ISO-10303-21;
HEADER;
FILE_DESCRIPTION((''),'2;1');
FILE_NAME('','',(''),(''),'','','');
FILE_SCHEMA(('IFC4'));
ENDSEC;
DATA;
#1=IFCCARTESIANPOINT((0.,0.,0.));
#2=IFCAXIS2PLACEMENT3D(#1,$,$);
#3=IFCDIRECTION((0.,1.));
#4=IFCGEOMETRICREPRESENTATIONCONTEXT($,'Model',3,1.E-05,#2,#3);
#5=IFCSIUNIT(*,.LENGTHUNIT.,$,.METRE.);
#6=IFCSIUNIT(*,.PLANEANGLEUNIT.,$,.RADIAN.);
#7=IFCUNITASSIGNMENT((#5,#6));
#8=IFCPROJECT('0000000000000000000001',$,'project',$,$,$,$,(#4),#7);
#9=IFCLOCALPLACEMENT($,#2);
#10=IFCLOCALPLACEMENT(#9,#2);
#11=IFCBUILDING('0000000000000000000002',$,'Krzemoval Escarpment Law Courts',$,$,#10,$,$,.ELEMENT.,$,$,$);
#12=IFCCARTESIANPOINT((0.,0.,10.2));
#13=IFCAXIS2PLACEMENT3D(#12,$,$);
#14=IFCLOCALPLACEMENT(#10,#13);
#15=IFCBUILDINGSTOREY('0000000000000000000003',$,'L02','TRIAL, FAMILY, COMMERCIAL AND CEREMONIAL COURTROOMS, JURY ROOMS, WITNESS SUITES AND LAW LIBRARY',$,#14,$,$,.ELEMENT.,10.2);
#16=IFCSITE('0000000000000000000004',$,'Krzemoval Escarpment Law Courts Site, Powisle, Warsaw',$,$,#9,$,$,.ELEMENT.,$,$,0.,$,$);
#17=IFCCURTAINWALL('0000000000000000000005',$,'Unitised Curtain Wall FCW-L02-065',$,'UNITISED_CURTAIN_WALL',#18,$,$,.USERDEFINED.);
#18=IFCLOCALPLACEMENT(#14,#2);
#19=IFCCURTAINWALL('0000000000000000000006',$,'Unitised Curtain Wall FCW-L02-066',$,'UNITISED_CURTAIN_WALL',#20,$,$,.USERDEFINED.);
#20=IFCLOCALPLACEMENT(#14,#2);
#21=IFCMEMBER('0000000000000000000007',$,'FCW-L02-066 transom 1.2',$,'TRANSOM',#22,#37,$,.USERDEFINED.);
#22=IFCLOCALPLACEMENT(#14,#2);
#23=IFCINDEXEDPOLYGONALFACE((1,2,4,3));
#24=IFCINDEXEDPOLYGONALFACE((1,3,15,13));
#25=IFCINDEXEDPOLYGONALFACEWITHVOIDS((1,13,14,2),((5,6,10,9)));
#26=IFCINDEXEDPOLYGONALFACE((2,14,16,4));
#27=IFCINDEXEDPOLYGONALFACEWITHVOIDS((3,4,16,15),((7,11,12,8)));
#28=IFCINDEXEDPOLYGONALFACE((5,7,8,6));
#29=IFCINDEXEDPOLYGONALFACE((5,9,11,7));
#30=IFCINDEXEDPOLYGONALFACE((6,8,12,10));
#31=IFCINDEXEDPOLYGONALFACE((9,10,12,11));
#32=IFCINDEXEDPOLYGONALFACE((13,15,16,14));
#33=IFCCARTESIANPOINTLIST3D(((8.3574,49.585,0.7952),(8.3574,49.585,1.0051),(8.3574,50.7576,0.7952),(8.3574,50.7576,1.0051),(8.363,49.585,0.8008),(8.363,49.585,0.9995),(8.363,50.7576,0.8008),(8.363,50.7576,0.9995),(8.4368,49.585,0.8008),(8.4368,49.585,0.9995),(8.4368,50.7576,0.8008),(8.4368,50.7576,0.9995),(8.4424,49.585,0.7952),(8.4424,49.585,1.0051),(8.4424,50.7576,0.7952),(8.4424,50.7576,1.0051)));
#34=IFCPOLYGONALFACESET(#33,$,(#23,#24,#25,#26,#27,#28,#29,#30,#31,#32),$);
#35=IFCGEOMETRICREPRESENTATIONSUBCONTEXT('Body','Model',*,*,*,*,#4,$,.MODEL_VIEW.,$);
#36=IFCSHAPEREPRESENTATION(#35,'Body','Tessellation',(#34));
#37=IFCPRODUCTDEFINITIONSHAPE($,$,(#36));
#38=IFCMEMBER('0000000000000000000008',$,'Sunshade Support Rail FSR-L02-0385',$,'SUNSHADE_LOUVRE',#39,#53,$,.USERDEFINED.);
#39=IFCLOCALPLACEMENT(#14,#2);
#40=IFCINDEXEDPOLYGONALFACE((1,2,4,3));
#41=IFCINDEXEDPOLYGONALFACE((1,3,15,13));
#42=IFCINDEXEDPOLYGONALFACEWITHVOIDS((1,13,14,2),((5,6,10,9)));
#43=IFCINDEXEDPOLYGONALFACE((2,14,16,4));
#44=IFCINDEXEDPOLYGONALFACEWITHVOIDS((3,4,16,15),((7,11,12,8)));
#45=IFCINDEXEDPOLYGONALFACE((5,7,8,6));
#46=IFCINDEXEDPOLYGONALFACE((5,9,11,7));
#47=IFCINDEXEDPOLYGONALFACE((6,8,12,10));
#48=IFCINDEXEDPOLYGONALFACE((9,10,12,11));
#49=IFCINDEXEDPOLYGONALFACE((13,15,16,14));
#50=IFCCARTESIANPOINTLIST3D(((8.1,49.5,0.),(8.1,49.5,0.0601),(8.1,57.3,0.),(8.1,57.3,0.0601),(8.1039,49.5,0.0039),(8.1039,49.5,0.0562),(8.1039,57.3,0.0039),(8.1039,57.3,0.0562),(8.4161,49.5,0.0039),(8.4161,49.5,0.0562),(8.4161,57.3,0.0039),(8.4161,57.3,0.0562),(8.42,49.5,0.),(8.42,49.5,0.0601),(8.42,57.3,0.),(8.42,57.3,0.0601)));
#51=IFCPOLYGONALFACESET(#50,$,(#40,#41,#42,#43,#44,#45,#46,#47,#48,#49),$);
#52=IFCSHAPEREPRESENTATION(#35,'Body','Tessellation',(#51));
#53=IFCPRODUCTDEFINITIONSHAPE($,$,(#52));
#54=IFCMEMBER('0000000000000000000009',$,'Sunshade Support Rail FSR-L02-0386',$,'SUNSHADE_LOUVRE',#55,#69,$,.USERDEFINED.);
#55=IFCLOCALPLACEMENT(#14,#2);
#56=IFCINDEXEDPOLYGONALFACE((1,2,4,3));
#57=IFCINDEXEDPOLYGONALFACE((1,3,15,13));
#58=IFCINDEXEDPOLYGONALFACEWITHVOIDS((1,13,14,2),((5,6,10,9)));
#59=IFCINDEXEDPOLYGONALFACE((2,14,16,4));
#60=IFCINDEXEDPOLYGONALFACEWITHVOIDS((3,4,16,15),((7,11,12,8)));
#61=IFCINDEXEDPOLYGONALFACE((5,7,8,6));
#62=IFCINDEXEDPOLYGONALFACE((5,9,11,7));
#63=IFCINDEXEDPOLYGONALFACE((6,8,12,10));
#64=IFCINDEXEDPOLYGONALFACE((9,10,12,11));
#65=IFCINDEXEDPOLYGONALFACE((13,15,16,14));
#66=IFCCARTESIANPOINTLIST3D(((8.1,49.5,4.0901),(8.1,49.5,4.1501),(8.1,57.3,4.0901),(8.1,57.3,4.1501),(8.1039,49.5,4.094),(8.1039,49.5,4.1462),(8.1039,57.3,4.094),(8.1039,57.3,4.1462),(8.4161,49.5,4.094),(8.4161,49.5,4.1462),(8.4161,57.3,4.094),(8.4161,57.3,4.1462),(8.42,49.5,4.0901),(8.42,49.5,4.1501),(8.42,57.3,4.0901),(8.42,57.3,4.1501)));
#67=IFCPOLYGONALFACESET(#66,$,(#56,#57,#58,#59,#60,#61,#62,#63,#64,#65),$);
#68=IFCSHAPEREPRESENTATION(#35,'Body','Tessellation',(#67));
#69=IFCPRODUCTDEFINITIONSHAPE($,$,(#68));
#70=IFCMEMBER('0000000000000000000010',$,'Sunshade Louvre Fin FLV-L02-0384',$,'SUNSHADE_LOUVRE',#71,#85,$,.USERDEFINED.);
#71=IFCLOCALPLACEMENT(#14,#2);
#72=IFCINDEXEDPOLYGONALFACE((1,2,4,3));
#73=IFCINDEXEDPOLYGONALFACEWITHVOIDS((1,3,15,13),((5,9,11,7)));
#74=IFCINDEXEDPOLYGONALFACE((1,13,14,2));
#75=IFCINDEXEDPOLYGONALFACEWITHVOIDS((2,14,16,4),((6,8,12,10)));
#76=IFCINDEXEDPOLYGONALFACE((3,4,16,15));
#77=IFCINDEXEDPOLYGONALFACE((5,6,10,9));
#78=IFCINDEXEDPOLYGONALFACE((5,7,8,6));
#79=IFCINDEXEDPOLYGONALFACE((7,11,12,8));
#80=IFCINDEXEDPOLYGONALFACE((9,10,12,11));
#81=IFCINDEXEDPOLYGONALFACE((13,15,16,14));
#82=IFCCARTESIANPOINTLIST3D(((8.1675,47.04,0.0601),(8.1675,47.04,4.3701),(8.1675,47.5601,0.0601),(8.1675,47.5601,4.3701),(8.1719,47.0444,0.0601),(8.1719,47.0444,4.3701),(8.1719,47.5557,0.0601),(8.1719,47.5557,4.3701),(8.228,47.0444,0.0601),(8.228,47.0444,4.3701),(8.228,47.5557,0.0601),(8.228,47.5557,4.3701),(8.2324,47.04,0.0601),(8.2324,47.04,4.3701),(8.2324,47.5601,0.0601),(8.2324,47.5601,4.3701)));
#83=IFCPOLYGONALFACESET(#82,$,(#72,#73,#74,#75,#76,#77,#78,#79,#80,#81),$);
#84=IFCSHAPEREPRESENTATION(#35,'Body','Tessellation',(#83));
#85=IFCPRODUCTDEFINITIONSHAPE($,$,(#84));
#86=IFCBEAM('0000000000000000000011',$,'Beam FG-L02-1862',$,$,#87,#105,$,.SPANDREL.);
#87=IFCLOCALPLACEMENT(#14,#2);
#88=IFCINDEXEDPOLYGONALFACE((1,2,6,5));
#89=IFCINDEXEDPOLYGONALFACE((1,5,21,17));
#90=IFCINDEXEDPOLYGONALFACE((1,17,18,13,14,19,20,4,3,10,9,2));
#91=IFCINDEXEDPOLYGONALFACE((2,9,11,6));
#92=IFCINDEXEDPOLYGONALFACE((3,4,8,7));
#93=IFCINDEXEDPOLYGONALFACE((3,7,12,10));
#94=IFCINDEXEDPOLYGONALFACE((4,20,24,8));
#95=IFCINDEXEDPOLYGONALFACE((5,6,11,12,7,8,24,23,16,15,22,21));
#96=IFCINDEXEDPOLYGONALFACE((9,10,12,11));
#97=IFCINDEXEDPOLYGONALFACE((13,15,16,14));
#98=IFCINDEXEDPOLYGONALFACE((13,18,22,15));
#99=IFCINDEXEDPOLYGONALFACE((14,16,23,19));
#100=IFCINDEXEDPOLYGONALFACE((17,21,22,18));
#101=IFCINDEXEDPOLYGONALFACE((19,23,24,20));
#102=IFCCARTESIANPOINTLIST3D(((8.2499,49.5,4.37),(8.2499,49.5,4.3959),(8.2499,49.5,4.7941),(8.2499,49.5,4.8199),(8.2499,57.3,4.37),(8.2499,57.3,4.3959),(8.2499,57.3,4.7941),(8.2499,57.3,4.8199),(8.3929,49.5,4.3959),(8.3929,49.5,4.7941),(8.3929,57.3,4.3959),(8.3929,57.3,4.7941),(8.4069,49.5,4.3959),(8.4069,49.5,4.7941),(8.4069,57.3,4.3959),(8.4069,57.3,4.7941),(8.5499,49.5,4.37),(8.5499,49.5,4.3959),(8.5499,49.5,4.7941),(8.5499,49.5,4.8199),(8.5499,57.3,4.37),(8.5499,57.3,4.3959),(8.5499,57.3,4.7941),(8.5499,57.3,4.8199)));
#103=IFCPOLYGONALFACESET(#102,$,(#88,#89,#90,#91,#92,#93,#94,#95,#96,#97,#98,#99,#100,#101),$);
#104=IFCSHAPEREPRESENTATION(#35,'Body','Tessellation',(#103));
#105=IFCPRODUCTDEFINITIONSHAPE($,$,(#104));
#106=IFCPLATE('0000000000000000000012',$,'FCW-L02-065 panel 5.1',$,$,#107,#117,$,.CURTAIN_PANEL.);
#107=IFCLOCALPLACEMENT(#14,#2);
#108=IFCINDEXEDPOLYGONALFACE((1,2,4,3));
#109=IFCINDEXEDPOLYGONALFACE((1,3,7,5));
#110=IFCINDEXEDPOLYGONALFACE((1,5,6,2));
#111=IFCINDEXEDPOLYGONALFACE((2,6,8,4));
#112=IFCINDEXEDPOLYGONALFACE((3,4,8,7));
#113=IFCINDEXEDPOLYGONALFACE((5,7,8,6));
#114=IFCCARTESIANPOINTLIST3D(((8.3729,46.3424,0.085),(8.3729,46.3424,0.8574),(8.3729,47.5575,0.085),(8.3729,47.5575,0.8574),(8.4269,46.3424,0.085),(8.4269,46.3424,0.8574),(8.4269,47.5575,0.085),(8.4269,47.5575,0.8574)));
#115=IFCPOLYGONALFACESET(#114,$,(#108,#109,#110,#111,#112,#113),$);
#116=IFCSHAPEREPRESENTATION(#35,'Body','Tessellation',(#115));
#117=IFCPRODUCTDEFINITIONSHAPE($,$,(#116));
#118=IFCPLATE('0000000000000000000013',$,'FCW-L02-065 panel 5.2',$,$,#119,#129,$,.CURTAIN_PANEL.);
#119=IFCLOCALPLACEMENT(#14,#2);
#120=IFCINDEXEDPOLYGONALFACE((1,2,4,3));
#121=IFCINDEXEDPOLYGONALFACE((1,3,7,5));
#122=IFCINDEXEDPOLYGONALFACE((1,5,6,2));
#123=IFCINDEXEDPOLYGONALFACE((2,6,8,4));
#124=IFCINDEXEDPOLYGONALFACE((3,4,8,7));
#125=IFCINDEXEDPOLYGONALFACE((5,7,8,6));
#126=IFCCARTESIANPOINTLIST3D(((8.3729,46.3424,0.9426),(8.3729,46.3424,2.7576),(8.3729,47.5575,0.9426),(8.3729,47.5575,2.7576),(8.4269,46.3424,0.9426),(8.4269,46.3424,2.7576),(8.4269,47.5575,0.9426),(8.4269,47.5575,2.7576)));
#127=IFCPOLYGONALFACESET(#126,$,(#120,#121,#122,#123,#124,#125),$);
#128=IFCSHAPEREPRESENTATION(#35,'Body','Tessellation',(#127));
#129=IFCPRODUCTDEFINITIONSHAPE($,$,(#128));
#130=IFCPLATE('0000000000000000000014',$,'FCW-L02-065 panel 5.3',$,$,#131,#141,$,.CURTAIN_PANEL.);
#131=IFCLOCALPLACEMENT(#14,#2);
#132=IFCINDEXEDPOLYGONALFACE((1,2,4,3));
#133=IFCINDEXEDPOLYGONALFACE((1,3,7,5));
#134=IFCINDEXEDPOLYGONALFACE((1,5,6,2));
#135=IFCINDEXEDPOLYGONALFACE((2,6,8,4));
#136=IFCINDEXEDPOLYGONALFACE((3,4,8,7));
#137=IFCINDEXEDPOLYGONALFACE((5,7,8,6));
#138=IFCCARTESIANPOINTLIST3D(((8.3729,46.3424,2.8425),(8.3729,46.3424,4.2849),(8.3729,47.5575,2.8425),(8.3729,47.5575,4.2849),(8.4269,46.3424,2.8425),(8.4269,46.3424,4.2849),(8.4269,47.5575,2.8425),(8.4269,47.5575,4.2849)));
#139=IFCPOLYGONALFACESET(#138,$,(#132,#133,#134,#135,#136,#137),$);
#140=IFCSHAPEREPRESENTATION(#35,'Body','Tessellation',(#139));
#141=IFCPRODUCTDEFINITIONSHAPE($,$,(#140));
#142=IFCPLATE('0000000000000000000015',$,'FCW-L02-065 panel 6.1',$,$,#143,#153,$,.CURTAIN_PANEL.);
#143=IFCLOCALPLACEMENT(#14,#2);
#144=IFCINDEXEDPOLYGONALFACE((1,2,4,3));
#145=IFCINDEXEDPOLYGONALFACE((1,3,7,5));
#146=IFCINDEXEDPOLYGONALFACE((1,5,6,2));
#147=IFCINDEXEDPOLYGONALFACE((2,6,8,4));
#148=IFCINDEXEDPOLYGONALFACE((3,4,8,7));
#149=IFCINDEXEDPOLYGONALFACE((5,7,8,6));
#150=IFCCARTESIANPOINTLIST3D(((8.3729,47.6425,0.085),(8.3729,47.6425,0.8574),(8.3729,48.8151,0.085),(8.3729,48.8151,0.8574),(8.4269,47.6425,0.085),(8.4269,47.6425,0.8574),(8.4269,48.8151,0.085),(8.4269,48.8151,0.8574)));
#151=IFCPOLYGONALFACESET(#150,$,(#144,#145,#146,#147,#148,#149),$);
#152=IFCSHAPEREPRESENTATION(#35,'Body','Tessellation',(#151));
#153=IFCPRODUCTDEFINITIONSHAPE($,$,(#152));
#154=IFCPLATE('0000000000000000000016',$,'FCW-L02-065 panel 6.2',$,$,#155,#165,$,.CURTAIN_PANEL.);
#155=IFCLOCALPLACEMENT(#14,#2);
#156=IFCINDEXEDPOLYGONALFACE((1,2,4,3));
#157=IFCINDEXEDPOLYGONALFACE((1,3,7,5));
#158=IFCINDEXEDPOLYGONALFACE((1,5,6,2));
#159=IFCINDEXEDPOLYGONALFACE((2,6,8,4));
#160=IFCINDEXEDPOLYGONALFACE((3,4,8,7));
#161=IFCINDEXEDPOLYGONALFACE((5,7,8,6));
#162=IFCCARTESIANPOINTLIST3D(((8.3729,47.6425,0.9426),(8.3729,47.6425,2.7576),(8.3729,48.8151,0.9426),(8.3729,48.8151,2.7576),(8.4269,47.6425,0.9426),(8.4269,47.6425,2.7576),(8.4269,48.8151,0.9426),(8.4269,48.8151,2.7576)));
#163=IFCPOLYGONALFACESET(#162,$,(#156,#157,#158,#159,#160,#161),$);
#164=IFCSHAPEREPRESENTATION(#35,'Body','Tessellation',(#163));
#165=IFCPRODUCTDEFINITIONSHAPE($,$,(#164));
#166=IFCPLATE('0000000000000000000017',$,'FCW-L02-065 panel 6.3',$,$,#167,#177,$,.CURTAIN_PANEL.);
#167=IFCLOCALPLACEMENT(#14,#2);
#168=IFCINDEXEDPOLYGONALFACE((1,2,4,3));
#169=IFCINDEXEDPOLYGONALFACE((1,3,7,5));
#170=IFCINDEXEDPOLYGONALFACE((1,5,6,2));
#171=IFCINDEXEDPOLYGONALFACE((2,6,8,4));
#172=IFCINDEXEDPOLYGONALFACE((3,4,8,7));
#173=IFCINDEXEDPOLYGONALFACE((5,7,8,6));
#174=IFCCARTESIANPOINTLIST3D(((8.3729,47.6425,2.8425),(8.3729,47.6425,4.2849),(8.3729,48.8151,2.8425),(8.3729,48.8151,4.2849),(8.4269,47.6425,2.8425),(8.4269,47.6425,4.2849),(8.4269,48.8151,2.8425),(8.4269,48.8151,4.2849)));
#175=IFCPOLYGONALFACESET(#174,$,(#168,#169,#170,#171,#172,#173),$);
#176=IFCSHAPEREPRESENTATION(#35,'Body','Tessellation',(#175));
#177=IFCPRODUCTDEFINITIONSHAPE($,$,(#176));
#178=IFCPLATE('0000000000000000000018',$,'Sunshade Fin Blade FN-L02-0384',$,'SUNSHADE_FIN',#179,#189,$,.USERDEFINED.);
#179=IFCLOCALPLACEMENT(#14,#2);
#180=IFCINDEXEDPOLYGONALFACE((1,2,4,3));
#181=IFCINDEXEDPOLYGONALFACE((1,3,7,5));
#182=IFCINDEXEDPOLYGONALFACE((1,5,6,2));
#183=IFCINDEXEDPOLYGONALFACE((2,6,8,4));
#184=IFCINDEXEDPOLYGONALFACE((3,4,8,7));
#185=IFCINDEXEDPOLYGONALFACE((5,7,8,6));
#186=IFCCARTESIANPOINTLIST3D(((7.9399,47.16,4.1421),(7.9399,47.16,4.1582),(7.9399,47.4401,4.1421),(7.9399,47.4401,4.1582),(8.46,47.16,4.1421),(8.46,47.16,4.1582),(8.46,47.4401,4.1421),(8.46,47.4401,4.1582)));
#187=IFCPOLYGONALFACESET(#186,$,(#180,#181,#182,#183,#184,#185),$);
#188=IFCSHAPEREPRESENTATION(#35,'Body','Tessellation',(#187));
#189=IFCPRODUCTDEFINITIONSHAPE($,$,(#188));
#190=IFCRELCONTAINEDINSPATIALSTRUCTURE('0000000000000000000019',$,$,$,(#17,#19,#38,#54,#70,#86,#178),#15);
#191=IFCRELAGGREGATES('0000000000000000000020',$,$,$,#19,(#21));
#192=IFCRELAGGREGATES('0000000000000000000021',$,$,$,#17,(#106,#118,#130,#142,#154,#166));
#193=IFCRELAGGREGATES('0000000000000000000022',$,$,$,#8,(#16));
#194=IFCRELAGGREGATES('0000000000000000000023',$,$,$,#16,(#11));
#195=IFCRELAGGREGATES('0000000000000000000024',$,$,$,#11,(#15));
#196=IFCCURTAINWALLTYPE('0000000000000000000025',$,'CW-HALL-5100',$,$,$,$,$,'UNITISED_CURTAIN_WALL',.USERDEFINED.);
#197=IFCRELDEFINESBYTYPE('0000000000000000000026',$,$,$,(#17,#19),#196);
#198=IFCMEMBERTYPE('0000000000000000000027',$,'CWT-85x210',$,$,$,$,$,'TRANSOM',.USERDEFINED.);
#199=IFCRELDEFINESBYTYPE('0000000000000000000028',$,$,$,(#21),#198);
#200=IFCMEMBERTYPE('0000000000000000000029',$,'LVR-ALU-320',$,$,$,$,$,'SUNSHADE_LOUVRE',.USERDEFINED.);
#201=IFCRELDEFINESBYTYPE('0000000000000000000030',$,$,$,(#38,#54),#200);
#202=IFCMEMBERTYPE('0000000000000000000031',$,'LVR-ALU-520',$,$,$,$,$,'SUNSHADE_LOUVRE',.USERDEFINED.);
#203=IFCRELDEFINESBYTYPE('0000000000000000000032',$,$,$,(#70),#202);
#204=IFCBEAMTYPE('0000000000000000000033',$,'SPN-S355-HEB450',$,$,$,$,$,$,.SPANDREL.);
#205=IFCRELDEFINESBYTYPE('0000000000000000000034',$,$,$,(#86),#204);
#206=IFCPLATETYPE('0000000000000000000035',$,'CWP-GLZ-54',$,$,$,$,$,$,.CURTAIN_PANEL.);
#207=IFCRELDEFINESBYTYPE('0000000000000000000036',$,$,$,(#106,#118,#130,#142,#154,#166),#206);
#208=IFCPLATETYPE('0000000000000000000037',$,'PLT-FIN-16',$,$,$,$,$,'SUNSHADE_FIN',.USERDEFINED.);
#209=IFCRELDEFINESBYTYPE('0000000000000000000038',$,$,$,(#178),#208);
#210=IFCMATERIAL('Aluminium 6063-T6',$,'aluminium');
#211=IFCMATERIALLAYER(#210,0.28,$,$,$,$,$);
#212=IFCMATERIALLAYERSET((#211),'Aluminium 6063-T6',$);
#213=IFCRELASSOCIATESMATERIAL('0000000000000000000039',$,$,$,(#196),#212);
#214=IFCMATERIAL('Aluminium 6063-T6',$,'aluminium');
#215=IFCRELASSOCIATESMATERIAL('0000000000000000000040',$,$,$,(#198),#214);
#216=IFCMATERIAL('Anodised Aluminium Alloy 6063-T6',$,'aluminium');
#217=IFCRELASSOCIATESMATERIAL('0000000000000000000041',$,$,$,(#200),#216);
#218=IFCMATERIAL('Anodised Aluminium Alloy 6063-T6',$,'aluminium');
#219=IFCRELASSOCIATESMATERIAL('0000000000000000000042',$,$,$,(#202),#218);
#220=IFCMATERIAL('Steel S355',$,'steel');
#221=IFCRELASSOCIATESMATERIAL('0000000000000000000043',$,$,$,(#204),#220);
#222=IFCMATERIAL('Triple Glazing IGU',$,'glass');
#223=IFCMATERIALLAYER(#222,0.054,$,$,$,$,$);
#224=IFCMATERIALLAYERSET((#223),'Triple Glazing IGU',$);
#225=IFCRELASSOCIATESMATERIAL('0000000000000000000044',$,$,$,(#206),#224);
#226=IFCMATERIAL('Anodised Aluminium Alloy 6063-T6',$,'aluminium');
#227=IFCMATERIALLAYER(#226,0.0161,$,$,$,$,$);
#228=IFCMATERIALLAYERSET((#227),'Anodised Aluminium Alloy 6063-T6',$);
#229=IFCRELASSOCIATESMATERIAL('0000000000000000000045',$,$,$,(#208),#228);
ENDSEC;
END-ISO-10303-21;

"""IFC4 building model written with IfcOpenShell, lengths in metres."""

from ifc_helpers import new_model, si_unit, direction, frame, origin, origin_2d, place, context, subcontext, project, spatial, rectangle, hollow_rectangle, i_section, extrude, material, layer, layer_set, material_profile, profile_set, type_object, element, aggregate, save


model = new_model("IFC4")

# Units and contexts
model_context = context("Model", 3, precision=1e-05, world=origin(), true_north=direction((0.0, 1.0)))
body_context = subcontext(model_context, "Body", "Model", "MODEL_VIEW")
ifc_project = project(units=[si_unit("LENGTHUNIT", "METRE"), si_unit("PLANEANGLEUNIT", "RADIAN")], contexts=[model_context])

# Site, building, storey
site_placement = place(None, origin())
site = spatial("IfcSite", under=ifc_project, at=site_placement, Name="Krzemoval Escarpment Law Courts Site, Powisle, Warsaw", CompositionType="ELEMENT", RefElevation=0.0)
building_placement = place(site_placement, origin())
building = spatial("IfcBuilding", under=site, at=building_placement, Name="Krzemoval Escarpment Law Courts", CompositionType="ELEMENT")
storey_placement = place(building_placement, frame((0.0, 0.0, 10.2)))
storey = spatial("IfcBuildingStorey", under=building, at=storey_placement, Name="L02", Description="TRIAL, FAMILY, COMMERCIAL AND CEREMONIAL COURTROOMS, JURY ROOMS, WITNESS SUITES AND LAW LIBRARY", CompositionType="ELEMENT", Elevation=10.2)

# Curtain wall
ifc_material_1 = material(Name="Aluminium 6063-T6", Category="aluminium")
ifc_layer_1 = layer(ifc_material_1, 0.28)
ifc_layer_set_1 = layer_set([ifc_layer_1], Name="Aluminium 6063-T6")
curtain_wall_type = type_object("IfcCurtainWallType", Name="CW-HALL-5100", ElementType="UNITISED_CURTAIN_WALL", PredefinedType="USERDEFINED", material=ifc_layer_set_1)
curtain_wall_1_placement = place(storey_placement, origin())
curtain_wall_1 = element("IfcCurtainWall", 1, at=curtain_wall_1_placement, inside=storey, type_object=curtain_wall_type, Name="Unitised Curtain Wall FCW-L02-065", ObjectType="UNITISED_CURTAIN_WALL", PredefinedType="USERDEFINED")

# Curtain wall
curtain_wall_2_placement = place(storey_placement, origin())
curtain_wall_2 = element("IfcCurtainWall", 2, at=curtain_wall_2_placement, inside=storey, type_object=curtain_wall_type, Name="Unitised Curtain Wall FCW-L02-066", ObjectType="UNITISED_CURTAIN_WALL", PredefinedType="USERDEFINED")

# Member
ifc_material_2 = material(Name="Aluminium 6063-T6", Category="aluminium")
ifc_material_profile_1 = material_profile(ifc_material_2, hollow_rectangle(XDim=0.085, YDim=0.21, WallThickness=0.0056, at=origin_2d()), Name="ALU T85x210")
ifc_profile_set_1 = profile_set([ifc_material_profile_1], Name="Aluminium 6063-T6")
member_type_1 = type_object("IfcMemberType", Name="CWT-85x210", ElementType="TRANSOM", PredefinedType="USERDEFINED", material=ifc_profile_set_1)
member_1_placement = place(storey_placement, frame((8.3999, 49.585, 0.9001), z_axis=(0.0, 1.0, 0.0), x_axis=(-1.0, 0.0, 0.0)))
member_1 = element("IfcMember", 3, at=member_1_placement, type_object=member_type_1, Name="FCW-L02-066 transom 1.2", ObjectType="TRANSOM", PredefinedType="USERDEFINED", context=body_context, shape_type="SweptSolid", body=[
    extrude(hollow_rectangle(XDim=0.085, YDim=0.21, WallThickness=0.0056, at=origin_2d()), origin(), (0.0, 0.0, 1.0), 1.1726),
])
aggregate(curtain_wall_2, [member_1])

# Members
ifc_material_3 = material(Name="Anodised Aluminium Alloy 6063-T6", Category="aluminium")
ifc_material_profile_2 = material_profile(ifc_material_3, hollow_rectangle(XDim=0.0601, YDim=0.3201, WallThickness=0.0039, at=origin_2d()), Name="ALU LVR 60x320")
ifc_profile_set_2 = profile_set([ifc_material_profile_2], Name="Anodised Aluminium Alloy 6063-T6")
member_type_2 = type_object("IfcMemberType", Name="LVR-ALU-320", ElementType="SUNSHADE_LOUVRE", PredefinedType="USERDEFINED", material=ifc_profile_set_2)
for number, where, z_axis, x_axis, name in (
    (4, (8.26, 49.5, 0.03), (0.0, 1.0, 0.0), (0.0, 0.0, 1.0), "Sunshade Support Rail FSR-L02-0385"),
    (5, (8.26, 49.5, 4.1201), (0.0, 1.0, 0.0), (0.0, 0.0, 1.0), "Sunshade Support Rail FSR-L02-0386"),
):
    element("IfcMember", number, at=place(storey_placement, frame(where, z_axis=z_axis, x_axis=x_axis)), inside=storey, type_object=member_type_2, Name=name, ObjectType="SUNSHADE_LOUVRE", PredefinedType="USERDEFINED", context=body_context, shape_type="SweptSolid", body=[
        extrude(hollow_rectangle(XDim=0.0601, YDim=0.3201, WallThickness=0.0039, at=origin_2d()), origin(), (0.0, 0.0, 1.0), 7.8),
    ])
ifc_material_4 = material(Name="Anodised Aluminium Alloy 6063-T6", Category="aluminium")
ifc_material_profile_3 = material_profile(ifc_material_4, hollow_rectangle(XDim=0.0649, YDim=0.52, WallThickness=0.0044, at=origin_2d()), Name="ALU LVR 65x520")
ifc_profile_set_3 = profile_set([ifc_material_profile_3], Name="Anodised Aluminium Alloy 6063-T6")
member_type_3 = type_object("IfcMemberType", Name="LVR-ALU-520", ElementType="SUNSHADE_LOUVRE", PredefinedType="USERDEFINED", material=ifc_profile_set_3)
member_2_placement = place(storey_placement, frame((8.2, 47.3, 0.0601), z_axis=(0.0, 0.0, 1.0), x_axis=(1.0, 0.0, 0.0)))
element("IfcMember", 6, at=member_2_placement, inside=storey, type_object=member_type_3, Name="Sunshade Louvre Fin FLV-L02-0384", ObjectType="SUNSHADE_LOUVRE", PredefinedType="USERDEFINED", context=body_context, shape_type="SweptSolid", body=[
    extrude(hollow_rectangle(XDim=0.0649, YDim=0.52, WallThickness=0.0044, at=origin_2d()), origin(), (0.0, 0.0, 1.0), 4.3101),
])

# Beam
ifc_material_5 = material(Name="Steel S355", Category="steel")
ifc_material_profile_4 = material_profile(ifc_material_5, i_section(OverallWidth=0.3, OverallDepth=0.45, WebThickness=0.0139, FlangeThickness=0.0259, at=origin_2d()), Name="HEB 450")
ifc_profile_set_4 = profile_set([ifc_material_profile_4], Name="Steel S355")
beam_type = type_object("IfcBeamType", Name="SPN-S355-HEB450", PredefinedType="SPANDREL", material=ifc_profile_set_4)
beam_placement = place(storey_placement, frame((8.3999, 49.5, 4.595), z_axis=(0.0, 1.0, 0.0), x_axis=(-1.0, 0.0, 0.0)))
element("IfcBeam", 7, at=beam_placement, inside=storey, type_object=beam_type, Name="Beam FG-L02-1862", PredefinedType="SPANDREL", context=body_context, shape_type="SweptSolid", body=[
    extrude(i_section(OverallWidth=0.3, OverallDepth=0.45, WebThickness=0.0139, FlangeThickness=0.0259, at=origin_2d()), origin(), (0.0, 0.0, 1.0), 7.8),
])

# Plates
ifc_material_6 = material(Name="Triple Glazing IGU", Category="glass")
ifc_layer_2 = layer(ifc_material_6, 0.054)
ifc_layer_set_2 = layer_set([ifc_layer_2], Name="Triple Glazing IGU")
plate_type_1 = type_object("IfcPlateType", Name="CWP-GLZ-54", PredefinedType="CURTAIN_PANEL", material=ifc_layer_set_2)
plate_1_placement = place(storey_placement, frame((8.3999, 46.95, 0.085), z_axis=(0.0, 0.0, 1.0), x_axis=(0.0, 1.0, 0.0)))
plate_1 = element("IfcPlate", 8, at=plate_1_placement, type_object=plate_type_1, Name="FCW-L02-065 panel 5.1", PredefinedType="CURTAIN_PANEL", context=body_context, shape_type="SweptSolid", body=[
    extrude(rectangle(XDim=1.2151, YDim=0.054, at=origin_2d()), origin(), (0.0, 0.0, 1.0), 0.7725),
])
plate_2_placement = place(storey_placement, frame((8.3999, 46.95, 0.9426), z_axis=(0.0, 0.0, 1.0), x_axis=(0.0, 1.0, 0.0)))
plate_2 = element("IfcPlate", 9, at=plate_2_placement, type_object=plate_type_1, Name="FCW-L02-065 panel 5.2", PredefinedType="CURTAIN_PANEL", context=body_context, shape_type="SweptSolid", body=[
    extrude(rectangle(XDim=1.2151, YDim=0.054, at=origin_2d()), origin(), (0.0, 0.0, 1.0), 1.8149),
])
plate_3_placement = place(storey_placement, frame((8.3999, 46.95, 2.8425), z_axis=(0.0, 0.0, 1.0), x_axis=(0.0, 1.0, 0.0)))
plate_3 = element("IfcPlate", 10, at=plate_3_placement, type_object=plate_type_1, Name="FCW-L02-065 panel 5.3", PredefinedType="CURTAIN_PANEL", context=body_context, shape_type="SweptSolid", body=[
    extrude(rectangle(XDim=1.2151, YDim=0.054, at=origin_2d()), origin(), (0.0, 0.0, 1.0), 1.4424),
])
plate_4_placement = place(storey_placement, frame((8.3999, 48.2288, 0.085), z_axis=(0.0, 0.0, 1.0), x_axis=(0.0, 1.0, 0.0)))
plate_4 = element("IfcPlate", 11, at=plate_4_placement, type_object=plate_type_1, Name="FCW-L02-065 panel 6.1", PredefinedType="CURTAIN_PANEL", context=body_context, shape_type="SweptSolid", body=[
    extrude(rectangle(XDim=1.1726, YDim=0.054, at=origin_2d()), origin(), (0.0, 0.0, 1.0), 0.7725),
])
plate_5_placement = place(storey_placement, frame((8.3999, 48.2288, 0.9426), z_axis=(0.0, 0.0, 1.0), x_axis=(0.0, 1.0, 0.0)))
plate_5 = element("IfcPlate", 12, at=plate_5_placement, type_object=plate_type_1, Name="FCW-L02-065 panel 6.2", PredefinedType="CURTAIN_PANEL", context=body_context, shape_type="SweptSolid", body=[
    extrude(rectangle(XDim=1.1726, YDim=0.054, at=origin_2d()), origin(), (0.0, 0.0, 1.0), 1.8149),
])
plate_6_placement = place(storey_placement, frame((8.3999, 48.2288, 2.8425), z_axis=(0.0, 0.0, 1.0), x_axis=(0.0, 1.0, 0.0)))
plate_6 = element("IfcPlate", 13, at=plate_6_placement, type_object=plate_type_1, Name="FCW-L02-065 panel 6.3", PredefinedType="CURTAIN_PANEL", context=body_context, shape_type="SweptSolid", body=[
    extrude(rectangle(XDim=1.1726, YDim=0.054, at=origin_2d()), origin(), (0.0, 0.0, 1.0), 1.4424),
])
aggregate(curtain_wall_1, [plate_1, plate_2, plate_3, plate_4, plate_5, plate_6])
ifc_material_7 = material(Name="Anodised Aluminium Alloy 6063-T6", Category="aluminium")
ifc_layer_3 = layer(ifc_material_7, 0.0161)
ifc_layer_set_3 = layer_set([ifc_layer_3], Name="Anodised Aluminium Alloy 6063-T6")
plate_type_2 = type_object("IfcPlateType", Name="PLT-FIN-16", ElementType="SUNSHADE_FIN", PredefinedType="USERDEFINED", material=ifc_layer_set_3)
plate_7_placement = place(storey_placement, frame((8.2, 47.3, 4.1421), z_axis=(0.0, 0.0, 1.0), x_axis=(-1.0, 0.0, 0.0)))
element("IfcPlate", 14, at=plate_7_placement, inside=storey, type_object=plate_type_2, Name="Sunshade Fin Blade FN-L02-0384", ObjectType="SUNSHADE_FIN", PredefinedType="USERDEFINED", context=body_context, shape_type="SweptSolid", body=[
    extrude(rectangle(XDim=0.52, YDim=0.28, at=origin_2d()), origin(), (0.0, 0.0, 1.0), 0.0161),
])

save(model, "model.ifc")
